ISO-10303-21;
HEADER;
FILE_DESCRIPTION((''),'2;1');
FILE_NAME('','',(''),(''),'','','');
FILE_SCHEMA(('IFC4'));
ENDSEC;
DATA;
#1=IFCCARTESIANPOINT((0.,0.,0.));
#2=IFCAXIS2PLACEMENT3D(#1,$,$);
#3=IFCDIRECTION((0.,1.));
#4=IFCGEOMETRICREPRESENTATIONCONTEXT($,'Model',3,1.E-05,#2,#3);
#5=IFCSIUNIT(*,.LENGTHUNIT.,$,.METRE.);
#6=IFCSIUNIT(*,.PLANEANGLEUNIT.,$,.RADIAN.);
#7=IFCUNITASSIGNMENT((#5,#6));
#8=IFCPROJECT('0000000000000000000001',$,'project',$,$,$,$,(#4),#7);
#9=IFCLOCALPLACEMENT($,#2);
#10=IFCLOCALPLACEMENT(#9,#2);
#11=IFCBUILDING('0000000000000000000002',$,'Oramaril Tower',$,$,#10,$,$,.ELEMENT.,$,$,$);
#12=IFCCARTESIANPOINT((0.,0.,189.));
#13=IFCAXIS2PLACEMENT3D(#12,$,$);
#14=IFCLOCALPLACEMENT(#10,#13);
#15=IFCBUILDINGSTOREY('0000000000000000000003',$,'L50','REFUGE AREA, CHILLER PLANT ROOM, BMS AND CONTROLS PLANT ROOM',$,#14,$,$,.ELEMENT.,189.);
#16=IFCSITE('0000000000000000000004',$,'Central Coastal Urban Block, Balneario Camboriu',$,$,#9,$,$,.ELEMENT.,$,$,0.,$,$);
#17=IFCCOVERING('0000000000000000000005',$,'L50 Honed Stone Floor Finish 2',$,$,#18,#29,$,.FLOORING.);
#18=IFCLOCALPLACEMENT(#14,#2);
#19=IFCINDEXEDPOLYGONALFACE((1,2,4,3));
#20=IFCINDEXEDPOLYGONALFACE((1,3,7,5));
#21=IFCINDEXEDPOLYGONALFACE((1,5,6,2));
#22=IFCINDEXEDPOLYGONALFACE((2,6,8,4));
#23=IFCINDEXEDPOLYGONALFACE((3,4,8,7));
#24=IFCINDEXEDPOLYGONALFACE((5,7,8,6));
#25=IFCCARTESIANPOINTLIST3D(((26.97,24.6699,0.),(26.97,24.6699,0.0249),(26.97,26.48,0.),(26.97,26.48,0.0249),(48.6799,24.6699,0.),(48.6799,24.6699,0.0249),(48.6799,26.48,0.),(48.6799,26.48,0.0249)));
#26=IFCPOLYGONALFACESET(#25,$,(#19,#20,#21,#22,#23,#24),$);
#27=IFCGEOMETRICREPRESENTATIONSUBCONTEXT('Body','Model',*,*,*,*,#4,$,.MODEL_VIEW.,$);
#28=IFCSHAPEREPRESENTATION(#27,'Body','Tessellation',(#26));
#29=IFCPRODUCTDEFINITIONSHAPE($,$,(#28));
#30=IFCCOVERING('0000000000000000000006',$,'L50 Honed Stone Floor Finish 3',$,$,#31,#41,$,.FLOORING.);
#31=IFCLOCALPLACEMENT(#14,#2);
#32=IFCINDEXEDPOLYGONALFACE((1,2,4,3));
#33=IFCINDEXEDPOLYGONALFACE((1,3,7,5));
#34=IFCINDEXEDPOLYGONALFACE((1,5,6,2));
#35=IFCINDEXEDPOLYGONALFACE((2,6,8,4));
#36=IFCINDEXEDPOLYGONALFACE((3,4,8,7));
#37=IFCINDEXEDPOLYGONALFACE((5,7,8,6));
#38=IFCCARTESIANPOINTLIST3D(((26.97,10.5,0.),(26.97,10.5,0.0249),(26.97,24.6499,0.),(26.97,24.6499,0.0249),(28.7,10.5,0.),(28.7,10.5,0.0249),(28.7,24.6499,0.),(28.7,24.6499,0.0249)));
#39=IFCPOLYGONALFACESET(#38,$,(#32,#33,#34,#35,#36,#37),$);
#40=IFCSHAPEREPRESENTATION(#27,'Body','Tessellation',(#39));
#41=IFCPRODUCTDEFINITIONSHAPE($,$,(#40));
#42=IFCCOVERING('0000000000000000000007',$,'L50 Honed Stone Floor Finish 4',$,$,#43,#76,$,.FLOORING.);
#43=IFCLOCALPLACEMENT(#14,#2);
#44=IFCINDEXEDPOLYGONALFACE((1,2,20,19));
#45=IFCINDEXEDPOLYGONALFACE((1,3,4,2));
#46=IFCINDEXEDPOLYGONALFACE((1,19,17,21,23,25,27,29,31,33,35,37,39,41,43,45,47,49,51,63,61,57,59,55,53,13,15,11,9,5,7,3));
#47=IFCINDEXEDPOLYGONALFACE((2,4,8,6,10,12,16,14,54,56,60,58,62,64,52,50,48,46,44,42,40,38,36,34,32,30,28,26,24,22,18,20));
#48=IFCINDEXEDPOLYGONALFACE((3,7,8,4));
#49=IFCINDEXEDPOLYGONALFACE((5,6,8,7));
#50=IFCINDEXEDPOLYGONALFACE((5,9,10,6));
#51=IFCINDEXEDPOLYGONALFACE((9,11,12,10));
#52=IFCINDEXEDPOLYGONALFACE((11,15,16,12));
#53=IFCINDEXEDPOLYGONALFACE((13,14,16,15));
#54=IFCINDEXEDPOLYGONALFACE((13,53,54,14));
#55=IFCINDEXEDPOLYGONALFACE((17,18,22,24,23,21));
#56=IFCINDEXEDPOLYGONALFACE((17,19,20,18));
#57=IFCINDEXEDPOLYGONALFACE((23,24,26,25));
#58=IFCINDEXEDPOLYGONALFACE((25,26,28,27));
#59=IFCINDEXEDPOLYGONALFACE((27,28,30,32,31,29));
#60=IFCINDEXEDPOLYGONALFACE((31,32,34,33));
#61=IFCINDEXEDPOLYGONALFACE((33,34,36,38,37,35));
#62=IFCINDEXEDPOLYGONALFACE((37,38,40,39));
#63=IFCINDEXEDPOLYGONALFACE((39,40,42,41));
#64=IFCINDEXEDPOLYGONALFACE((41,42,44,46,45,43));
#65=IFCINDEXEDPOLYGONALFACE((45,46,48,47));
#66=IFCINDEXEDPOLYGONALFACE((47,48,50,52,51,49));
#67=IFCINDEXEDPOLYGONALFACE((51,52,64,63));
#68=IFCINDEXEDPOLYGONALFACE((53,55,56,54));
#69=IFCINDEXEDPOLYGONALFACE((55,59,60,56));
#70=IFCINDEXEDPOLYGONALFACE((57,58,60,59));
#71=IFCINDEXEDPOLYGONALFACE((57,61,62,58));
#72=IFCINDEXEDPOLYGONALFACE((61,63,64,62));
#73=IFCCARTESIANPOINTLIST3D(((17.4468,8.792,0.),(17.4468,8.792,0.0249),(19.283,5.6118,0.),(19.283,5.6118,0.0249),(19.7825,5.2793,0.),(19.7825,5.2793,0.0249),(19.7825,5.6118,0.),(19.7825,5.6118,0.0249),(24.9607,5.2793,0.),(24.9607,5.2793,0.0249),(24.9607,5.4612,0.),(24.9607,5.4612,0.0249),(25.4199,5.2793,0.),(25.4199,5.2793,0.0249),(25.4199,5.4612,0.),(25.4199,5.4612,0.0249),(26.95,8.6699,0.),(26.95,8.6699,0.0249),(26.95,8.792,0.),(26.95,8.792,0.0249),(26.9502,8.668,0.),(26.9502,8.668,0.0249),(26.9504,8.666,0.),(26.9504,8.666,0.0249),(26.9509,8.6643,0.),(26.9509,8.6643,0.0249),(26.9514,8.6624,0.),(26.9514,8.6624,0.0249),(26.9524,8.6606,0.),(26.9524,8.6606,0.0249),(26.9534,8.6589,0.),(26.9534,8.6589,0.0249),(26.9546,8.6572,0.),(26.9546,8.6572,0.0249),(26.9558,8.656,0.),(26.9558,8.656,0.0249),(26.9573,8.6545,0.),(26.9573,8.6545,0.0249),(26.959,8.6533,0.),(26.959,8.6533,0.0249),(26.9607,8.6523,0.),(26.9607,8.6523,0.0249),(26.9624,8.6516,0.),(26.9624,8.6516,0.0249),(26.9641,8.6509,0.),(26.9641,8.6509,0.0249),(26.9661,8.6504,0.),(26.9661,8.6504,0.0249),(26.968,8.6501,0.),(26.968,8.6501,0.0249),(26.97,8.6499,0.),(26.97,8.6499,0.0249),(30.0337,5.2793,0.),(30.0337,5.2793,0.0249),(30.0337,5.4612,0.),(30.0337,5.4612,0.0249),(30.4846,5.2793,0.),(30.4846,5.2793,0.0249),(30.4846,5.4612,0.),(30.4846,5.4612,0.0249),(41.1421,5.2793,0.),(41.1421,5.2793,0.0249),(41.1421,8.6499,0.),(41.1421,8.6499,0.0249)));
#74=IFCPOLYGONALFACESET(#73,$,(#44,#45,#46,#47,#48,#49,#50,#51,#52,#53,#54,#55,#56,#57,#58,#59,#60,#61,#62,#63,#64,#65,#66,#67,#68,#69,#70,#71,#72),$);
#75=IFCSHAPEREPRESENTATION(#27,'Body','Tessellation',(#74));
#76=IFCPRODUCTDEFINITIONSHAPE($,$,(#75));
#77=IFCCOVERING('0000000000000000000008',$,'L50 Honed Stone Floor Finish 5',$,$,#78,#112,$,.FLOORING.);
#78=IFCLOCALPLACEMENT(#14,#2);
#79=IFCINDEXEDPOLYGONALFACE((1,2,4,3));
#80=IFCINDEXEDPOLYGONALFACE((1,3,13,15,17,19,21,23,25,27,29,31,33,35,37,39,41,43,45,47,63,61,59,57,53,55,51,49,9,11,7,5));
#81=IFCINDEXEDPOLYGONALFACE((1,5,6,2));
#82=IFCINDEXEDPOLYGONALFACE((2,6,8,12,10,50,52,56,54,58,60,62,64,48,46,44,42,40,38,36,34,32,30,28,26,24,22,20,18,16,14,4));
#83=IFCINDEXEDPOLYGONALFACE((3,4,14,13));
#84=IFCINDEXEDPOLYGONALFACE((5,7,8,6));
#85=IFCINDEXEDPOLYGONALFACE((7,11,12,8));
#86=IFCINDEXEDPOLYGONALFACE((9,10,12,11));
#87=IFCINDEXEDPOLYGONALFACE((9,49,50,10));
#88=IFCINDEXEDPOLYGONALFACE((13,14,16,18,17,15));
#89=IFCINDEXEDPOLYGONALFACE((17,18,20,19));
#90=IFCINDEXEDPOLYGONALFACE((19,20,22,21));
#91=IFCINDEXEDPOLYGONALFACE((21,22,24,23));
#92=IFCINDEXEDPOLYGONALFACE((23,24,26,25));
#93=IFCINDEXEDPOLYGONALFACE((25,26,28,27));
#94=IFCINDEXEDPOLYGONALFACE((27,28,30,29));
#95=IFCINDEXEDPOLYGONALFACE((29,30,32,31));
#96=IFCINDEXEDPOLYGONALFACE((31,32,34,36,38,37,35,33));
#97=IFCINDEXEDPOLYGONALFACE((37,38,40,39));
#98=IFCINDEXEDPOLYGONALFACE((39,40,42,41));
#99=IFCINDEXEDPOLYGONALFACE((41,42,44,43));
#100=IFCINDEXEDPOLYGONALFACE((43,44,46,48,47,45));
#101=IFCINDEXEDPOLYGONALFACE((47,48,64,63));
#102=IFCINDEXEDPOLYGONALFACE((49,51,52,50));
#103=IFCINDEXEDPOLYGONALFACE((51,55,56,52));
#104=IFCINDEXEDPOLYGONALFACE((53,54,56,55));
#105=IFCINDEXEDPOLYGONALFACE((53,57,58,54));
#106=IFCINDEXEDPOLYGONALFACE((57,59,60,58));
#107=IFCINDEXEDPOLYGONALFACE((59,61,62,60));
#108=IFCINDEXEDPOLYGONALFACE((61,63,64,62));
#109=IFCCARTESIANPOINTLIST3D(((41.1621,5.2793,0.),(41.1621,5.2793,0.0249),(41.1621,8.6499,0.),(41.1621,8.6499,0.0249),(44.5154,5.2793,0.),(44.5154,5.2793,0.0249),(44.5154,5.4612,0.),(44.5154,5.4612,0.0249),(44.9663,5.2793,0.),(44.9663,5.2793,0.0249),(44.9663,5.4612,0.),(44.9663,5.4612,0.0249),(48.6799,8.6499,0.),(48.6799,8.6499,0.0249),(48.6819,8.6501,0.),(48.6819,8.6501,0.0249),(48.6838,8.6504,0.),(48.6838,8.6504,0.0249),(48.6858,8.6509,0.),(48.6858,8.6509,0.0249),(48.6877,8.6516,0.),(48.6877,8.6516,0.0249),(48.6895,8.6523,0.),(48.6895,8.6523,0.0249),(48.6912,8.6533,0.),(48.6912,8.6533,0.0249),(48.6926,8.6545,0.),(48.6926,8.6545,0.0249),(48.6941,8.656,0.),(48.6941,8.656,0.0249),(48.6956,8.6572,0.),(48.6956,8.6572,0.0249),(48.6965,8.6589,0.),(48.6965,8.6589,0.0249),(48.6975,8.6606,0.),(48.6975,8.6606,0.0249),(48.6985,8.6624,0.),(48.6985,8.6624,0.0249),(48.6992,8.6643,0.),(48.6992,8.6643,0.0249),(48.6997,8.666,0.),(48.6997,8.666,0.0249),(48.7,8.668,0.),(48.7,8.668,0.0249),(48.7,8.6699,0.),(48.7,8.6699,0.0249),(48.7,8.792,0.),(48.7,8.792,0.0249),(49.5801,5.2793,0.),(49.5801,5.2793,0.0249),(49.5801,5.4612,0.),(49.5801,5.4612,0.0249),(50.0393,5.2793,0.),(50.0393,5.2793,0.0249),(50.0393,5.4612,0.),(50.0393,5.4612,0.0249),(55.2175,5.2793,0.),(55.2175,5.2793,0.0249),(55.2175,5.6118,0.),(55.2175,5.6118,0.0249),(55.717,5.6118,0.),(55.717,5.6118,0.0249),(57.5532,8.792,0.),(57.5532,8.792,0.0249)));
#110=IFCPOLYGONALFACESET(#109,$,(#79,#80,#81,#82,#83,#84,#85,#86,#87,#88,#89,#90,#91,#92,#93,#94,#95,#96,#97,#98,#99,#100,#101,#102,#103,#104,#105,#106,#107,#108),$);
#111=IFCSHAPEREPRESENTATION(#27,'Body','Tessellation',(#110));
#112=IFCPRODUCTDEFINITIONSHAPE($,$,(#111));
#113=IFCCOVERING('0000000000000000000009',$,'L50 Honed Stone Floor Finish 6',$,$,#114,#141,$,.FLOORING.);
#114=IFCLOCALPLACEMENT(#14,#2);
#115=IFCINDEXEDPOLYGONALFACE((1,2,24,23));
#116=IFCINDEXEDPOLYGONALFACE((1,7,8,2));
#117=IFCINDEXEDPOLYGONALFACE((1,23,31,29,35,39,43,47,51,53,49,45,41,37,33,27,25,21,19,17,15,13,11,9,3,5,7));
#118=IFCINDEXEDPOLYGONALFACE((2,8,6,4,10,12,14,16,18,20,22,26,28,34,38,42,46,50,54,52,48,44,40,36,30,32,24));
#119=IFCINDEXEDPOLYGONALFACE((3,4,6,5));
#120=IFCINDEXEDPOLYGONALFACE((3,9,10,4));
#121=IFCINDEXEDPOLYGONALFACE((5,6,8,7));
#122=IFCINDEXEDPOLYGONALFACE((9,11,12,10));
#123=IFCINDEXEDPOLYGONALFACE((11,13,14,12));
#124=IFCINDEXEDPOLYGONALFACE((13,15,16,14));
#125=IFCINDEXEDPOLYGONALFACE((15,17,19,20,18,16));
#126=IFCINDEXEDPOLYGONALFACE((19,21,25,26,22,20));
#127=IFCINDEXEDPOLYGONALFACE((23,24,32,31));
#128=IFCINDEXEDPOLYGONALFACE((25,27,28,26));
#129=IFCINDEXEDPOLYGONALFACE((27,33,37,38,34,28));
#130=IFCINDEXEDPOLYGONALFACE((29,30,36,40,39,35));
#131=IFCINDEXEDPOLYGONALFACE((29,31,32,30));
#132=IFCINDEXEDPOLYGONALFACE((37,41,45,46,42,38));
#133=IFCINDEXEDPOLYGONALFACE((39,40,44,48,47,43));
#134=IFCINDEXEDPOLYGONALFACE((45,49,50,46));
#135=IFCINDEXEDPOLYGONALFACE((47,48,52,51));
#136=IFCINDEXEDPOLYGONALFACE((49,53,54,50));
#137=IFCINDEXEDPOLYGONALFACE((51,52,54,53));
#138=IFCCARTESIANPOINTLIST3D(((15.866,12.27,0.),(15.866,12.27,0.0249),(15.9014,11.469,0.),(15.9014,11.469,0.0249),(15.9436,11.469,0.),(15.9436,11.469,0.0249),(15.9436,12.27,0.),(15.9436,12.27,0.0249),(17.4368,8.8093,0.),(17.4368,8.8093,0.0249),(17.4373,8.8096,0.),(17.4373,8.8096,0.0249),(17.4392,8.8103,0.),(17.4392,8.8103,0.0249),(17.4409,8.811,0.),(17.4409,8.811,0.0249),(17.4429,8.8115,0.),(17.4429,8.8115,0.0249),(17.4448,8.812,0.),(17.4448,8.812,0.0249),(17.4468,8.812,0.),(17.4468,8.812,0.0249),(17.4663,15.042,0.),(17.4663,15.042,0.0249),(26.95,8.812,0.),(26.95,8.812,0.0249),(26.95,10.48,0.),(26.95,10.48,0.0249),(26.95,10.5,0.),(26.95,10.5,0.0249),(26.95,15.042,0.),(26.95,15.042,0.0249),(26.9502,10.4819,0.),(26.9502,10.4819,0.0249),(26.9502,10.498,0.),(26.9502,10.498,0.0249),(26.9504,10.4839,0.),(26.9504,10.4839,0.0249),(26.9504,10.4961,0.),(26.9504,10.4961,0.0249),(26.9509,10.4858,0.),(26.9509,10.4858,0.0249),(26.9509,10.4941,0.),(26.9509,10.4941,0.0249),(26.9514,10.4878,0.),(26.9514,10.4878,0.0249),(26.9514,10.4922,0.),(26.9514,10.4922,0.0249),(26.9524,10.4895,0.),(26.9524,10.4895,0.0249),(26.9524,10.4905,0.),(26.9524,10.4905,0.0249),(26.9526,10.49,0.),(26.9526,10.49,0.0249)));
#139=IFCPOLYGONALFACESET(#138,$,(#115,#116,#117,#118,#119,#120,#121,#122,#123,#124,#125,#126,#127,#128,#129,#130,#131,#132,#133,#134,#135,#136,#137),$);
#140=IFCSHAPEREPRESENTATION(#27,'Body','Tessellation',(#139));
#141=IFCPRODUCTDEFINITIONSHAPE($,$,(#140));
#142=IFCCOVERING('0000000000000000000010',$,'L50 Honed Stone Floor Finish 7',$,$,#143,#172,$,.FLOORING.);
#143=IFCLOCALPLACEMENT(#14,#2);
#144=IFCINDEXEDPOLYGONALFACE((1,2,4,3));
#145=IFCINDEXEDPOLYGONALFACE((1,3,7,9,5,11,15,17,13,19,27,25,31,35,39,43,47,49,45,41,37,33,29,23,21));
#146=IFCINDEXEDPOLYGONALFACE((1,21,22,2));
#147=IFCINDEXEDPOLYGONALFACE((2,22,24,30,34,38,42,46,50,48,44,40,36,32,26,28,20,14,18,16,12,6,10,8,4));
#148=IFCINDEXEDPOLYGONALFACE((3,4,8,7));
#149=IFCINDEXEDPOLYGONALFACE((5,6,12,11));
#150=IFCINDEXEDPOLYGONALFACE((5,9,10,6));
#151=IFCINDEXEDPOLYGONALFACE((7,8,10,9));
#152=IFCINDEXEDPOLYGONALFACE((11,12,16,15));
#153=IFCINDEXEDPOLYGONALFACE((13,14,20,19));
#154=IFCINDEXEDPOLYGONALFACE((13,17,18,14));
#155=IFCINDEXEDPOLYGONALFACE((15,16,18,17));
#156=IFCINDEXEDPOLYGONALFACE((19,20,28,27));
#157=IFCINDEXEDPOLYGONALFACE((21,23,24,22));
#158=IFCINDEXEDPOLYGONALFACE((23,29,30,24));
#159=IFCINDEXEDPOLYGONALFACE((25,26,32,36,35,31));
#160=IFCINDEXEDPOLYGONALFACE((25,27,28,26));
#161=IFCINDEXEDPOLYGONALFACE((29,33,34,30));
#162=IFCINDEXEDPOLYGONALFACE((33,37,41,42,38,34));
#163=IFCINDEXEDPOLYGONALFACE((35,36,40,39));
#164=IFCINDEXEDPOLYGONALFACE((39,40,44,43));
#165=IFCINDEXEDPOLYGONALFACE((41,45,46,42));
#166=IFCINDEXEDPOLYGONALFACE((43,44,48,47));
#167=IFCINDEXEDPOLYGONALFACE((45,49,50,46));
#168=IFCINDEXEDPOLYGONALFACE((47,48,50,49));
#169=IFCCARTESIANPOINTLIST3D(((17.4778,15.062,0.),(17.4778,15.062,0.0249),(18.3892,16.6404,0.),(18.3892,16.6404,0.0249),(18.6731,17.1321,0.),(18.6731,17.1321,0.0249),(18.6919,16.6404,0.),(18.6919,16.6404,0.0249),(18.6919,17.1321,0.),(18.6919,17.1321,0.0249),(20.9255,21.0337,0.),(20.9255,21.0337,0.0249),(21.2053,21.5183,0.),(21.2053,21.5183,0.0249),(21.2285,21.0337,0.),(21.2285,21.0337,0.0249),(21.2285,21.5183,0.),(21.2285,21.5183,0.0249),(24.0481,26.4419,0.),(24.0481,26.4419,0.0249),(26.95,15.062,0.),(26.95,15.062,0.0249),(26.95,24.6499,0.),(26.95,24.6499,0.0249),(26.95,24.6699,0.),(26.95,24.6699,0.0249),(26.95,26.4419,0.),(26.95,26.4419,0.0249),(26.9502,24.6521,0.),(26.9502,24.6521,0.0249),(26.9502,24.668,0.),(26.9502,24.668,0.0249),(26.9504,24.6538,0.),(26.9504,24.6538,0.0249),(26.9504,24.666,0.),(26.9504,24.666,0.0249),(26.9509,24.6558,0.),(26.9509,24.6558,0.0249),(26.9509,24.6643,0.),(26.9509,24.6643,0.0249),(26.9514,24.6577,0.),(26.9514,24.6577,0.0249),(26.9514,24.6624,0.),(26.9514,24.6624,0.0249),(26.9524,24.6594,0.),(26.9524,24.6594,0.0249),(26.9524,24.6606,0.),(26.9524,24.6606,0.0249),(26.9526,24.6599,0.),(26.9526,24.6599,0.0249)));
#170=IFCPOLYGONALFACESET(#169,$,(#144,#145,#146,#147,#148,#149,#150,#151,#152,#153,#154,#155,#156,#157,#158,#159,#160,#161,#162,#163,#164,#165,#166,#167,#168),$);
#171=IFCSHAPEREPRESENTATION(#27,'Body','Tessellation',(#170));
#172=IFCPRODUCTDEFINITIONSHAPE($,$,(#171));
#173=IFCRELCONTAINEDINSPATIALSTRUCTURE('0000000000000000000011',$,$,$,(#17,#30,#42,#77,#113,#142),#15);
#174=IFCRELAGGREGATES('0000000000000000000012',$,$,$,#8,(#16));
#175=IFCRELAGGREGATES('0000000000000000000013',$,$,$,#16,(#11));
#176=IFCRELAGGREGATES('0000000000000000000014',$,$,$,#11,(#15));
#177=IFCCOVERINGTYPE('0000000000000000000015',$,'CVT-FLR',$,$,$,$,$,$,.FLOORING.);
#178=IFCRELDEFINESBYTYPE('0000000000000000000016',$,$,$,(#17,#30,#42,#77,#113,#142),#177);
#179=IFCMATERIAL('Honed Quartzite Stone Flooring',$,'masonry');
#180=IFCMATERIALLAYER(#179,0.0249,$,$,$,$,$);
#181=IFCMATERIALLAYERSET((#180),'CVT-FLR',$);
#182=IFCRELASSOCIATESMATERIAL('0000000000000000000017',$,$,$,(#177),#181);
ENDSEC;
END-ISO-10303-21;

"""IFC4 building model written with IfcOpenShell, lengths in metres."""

from ifc_helpers import new_model, si_unit, direction, frame, origin, place, context, subcontext, project, spatial, polyline, outline, extrude, material, layer, layer_set, type_object, element, save


model = new_model("IFC4")

# Units and contexts
model_context = context("Model", 3, precision=1e-05, world=origin(), true_north=direction((0.0, 1.0)))
body_context = subcontext(model_context, "Body", "Model", "MODEL_VIEW")
ifc_project = project(units=[si_unit("LENGTHUNIT", "METRE"), si_unit("PLANEANGLEUNIT", "RADIAN")], contexts=[model_context])

# Site, building, storey
site_placement = place(None, origin())
site = spatial("IfcSite", under=ifc_project, at=site_placement, Name="Central Coastal Urban Block, Balneario Camboriu", CompositionType="ELEMENT", RefElevation=0.0)
building_placement = place(site_placement, origin())
building = spatial("IfcBuilding", under=site, at=building_placement, Name="Oramaril Tower", CompositionType="ELEMENT")
storey_placement = place(building_placement, frame((0.0, 0.0, 189.0)))
storey = spatial("IfcBuildingStorey", under=building, at=storey_placement, Name="L50", Description="REFUGE AREA, CHILLER PLANT ROOM, BMS AND CONTROLS PLANT ROOM", CompositionType="ELEMENT", Elevation=189.0)

# Coverings
ifc_material_1 = material(Name="Honed Quartzite Stone Flooring", Category="masonry")
ifc_layer_1 = layer(ifc_material_1, 0.0249)
ifc_layer_set_1 = layer_set([ifc_layer_1], Name="CVT-FLR")
covering_type_1 = type_object("IfcCoveringType", Name="CVT-FLR", PredefinedType="FLOORING", material=ifc_layer_set_1)
covering_1_placement = place(storey_placement, origin())
element("IfcCovering", 1, at=covering_1_placement, inside=storey, type_object=covering_type_1, Name="L50 Honed Stone Floor Finish 2", PredefinedType="FLOORING", context=body_context, shape_type="SweptSolid", body=[
    extrude(outline(polyline([(48.6799, 26.48), (48.6799, 24.6699), (26.97, 24.6699), (26.97, 26.48), (48.6799, 26.48)])), origin(), (0.0, 0.0, 1.0), 0.0249),
])
covering_2_placement = place(storey_placement, origin())
element("IfcCovering", 2, at=covering_2_placement, inside=storey, type_object=covering_type_1, Name="L50 Honed Stone Floor Finish 3", PredefinedType="FLOORING", context=body_context, shape_type="SweptSolid", body=[
    extrude(outline(polyline([(28.7, 10.5), (26.97, 10.5), (26.97, 24.6499), (28.7, 24.6499), (28.7, 10.5)])), origin(), (0.0, 0.0, 1.0), 0.0249),
])
covering_3_placement = place(storey_placement, origin())
element("IfcCovering", 3, at=covering_3_placement, inside=storey, type_object=covering_type_1, Name="L50 Honed Stone Floor Finish 4", PredefinedType="FLOORING", context=body_context, shape_type="SweptSolid", body=[
    extrude(outline(polyline([(41.1421, 5.2793), (30.4846, 5.2793), (30.4846, 5.4612), (30.0337, 5.4612), (30.0337, 5.2793), (25.4199, 5.2793), (25.4199, 5.4612), (24.9607, 5.4612), (24.9607, 5.2793), (19.7825, 5.2793), (19.7825, 5.6118), (19.283, 5.6118), (17.4468, 8.792), (26.95, 8.792), (26.95, 8.6699), (26.9502, 8.668), (26.9504, 8.666), (26.9509, 8.6643), (26.9514, 8.6624), (26.9524, 8.6606), (26.9534, 8.6589), (26.9546, 8.6572), (26.9558, 8.656), (26.9573, 8.6545), (26.959, 8.6533), (26.9607, 8.6523), (26.9624, 8.6516), (26.9641, 8.6509), (26.9661, 8.6504), (26.968, 8.6501), (26.97, 8.6499), (41.1421, 8.6499), (41.1421, 5.2793)])), origin(), (0.0, 0.0, 1.0), 0.0249),
])
covering_4_placement = place(storey_placement, origin())
element("IfcCovering", 4, at=covering_4_placement, inside=storey, type_object=covering_type_1, Name="L50 Honed Stone Floor Finish 5", PredefinedType="FLOORING", context=body_context, shape_type="SweptSolid", body=[
    extrude(outline(polyline([(50.0393, 5.4612), (49.5801, 5.4612), (49.5801, 5.2793), (44.9663, 5.2793), (44.9663, 5.4612), (44.5154, 5.4612), (44.5154, 5.2793), (41.1621, 5.2793), (41.1621, 8.6499), (48.6799, 8.6499), (48.6819, 8.6501), (48.6838, 8.6504), (48.6858, 8.6509), (48.6877, 8.6516), (48.6895, 8.6523), (48.6912, 8.6533), (48.6926, 8.6545), (48.6941, 8.656), (48.6956, 8.6572), (48.6965, 8.6589), (48.6975, 8.6606), (48.6985, 8.6624), (48.6992, 8.6643), (48.6997, 8.666), (48.7, 8.668), (48.7, 8.6699), (48.7, 8.792), (57.5532, 8.792), (55.717, 5.6118), (55.2175, 5.6118), (55.2175, 5.2793), (50.0393, 5.2793), (50.0393, 5.4612)])), origin(), (0.0, 0.0, 1.0), 0.0249),
])
covering_5_placement = place(storey_placement, origin())
element("IfcCovering", 5, at=covering_5_placement, inside=storey, type_object=covering_type_1, Name="L50 Honed Stone Floor Finish 6", PredefinedType="FLOORING", context=body_context, shape_type="SweptSolid", body=[
    extrude(outline(polyline([(15.9014, 11.469), (15.9436, 11.469), (15.9436, 12.27), (15.866, 12.27), (17.4663, 15.042), (26.95, 15.042), (26.95, 10.5), (26.9502, 10.498), (26.9504, 10.4961), (26.9509, 10.4941), (26.9514, 10.4922), (26.9524, 10.4905), (26.9526, 10.49), (26.9524, 10.4895), (26.9514, 10.4878), (26.9509, 10.4858), (26.9504, 10.4839), (26.9502, 10.4819), (26.95, 10.48), (26.95, 8.812), (17.4468, 8.812), (17.4448, 8.812), (17.4429, 8.8115), (17.4409, 8.811), (17.4392, 8.8103), (17.4373, 8.8096), (17.4368, 8.8093), (15.9014, 11.469)])), origin(), (0.0, 0.0, 1.0), 0.0249),
])
covering_6_placement = place(storey_placement, origin())
element("IfcCovering", 6, at=covering_6_placement, inside=storey, type_object=covering_type_1, Name="L50 Honed Stone Floor Finish 7", PredefinedType="FLOORING", context=body_context, shape_type="SweptSolid", body=[
    extrude(outline(polyline([(18.3892, 16.6404), (18.6919, 16.6404), (18.6919, 17.1321), (18.6731, 17.1321), (20.9255, 21.0337), (21.2285, 21.0337), (21.2285, 21.5183), (21.2053, 21.5183), (24.0481, 26.4419), (26.95, 26.4419), (26.95, 24.6699), (26.9502, 24.668), (26.9504, 24.666), (26.9509, 24.6643), (26.9514, 24.6624), (26.9524, 24.6606), (26.9526, 24.6599), (26.9524, 24.6594), (26.9514, 24.6577), (26.9509, 24.6558), (26.9504, 24.6538), (26.9502, 24.6521), (26.95, 24.6499), (26.95, 15.062), (17.4778, 15.062), (18.3892, 16.6404)])), origin(), (0.0, 0.0, 1.0), 0.0249),
])

save(model, "model.ifc")
